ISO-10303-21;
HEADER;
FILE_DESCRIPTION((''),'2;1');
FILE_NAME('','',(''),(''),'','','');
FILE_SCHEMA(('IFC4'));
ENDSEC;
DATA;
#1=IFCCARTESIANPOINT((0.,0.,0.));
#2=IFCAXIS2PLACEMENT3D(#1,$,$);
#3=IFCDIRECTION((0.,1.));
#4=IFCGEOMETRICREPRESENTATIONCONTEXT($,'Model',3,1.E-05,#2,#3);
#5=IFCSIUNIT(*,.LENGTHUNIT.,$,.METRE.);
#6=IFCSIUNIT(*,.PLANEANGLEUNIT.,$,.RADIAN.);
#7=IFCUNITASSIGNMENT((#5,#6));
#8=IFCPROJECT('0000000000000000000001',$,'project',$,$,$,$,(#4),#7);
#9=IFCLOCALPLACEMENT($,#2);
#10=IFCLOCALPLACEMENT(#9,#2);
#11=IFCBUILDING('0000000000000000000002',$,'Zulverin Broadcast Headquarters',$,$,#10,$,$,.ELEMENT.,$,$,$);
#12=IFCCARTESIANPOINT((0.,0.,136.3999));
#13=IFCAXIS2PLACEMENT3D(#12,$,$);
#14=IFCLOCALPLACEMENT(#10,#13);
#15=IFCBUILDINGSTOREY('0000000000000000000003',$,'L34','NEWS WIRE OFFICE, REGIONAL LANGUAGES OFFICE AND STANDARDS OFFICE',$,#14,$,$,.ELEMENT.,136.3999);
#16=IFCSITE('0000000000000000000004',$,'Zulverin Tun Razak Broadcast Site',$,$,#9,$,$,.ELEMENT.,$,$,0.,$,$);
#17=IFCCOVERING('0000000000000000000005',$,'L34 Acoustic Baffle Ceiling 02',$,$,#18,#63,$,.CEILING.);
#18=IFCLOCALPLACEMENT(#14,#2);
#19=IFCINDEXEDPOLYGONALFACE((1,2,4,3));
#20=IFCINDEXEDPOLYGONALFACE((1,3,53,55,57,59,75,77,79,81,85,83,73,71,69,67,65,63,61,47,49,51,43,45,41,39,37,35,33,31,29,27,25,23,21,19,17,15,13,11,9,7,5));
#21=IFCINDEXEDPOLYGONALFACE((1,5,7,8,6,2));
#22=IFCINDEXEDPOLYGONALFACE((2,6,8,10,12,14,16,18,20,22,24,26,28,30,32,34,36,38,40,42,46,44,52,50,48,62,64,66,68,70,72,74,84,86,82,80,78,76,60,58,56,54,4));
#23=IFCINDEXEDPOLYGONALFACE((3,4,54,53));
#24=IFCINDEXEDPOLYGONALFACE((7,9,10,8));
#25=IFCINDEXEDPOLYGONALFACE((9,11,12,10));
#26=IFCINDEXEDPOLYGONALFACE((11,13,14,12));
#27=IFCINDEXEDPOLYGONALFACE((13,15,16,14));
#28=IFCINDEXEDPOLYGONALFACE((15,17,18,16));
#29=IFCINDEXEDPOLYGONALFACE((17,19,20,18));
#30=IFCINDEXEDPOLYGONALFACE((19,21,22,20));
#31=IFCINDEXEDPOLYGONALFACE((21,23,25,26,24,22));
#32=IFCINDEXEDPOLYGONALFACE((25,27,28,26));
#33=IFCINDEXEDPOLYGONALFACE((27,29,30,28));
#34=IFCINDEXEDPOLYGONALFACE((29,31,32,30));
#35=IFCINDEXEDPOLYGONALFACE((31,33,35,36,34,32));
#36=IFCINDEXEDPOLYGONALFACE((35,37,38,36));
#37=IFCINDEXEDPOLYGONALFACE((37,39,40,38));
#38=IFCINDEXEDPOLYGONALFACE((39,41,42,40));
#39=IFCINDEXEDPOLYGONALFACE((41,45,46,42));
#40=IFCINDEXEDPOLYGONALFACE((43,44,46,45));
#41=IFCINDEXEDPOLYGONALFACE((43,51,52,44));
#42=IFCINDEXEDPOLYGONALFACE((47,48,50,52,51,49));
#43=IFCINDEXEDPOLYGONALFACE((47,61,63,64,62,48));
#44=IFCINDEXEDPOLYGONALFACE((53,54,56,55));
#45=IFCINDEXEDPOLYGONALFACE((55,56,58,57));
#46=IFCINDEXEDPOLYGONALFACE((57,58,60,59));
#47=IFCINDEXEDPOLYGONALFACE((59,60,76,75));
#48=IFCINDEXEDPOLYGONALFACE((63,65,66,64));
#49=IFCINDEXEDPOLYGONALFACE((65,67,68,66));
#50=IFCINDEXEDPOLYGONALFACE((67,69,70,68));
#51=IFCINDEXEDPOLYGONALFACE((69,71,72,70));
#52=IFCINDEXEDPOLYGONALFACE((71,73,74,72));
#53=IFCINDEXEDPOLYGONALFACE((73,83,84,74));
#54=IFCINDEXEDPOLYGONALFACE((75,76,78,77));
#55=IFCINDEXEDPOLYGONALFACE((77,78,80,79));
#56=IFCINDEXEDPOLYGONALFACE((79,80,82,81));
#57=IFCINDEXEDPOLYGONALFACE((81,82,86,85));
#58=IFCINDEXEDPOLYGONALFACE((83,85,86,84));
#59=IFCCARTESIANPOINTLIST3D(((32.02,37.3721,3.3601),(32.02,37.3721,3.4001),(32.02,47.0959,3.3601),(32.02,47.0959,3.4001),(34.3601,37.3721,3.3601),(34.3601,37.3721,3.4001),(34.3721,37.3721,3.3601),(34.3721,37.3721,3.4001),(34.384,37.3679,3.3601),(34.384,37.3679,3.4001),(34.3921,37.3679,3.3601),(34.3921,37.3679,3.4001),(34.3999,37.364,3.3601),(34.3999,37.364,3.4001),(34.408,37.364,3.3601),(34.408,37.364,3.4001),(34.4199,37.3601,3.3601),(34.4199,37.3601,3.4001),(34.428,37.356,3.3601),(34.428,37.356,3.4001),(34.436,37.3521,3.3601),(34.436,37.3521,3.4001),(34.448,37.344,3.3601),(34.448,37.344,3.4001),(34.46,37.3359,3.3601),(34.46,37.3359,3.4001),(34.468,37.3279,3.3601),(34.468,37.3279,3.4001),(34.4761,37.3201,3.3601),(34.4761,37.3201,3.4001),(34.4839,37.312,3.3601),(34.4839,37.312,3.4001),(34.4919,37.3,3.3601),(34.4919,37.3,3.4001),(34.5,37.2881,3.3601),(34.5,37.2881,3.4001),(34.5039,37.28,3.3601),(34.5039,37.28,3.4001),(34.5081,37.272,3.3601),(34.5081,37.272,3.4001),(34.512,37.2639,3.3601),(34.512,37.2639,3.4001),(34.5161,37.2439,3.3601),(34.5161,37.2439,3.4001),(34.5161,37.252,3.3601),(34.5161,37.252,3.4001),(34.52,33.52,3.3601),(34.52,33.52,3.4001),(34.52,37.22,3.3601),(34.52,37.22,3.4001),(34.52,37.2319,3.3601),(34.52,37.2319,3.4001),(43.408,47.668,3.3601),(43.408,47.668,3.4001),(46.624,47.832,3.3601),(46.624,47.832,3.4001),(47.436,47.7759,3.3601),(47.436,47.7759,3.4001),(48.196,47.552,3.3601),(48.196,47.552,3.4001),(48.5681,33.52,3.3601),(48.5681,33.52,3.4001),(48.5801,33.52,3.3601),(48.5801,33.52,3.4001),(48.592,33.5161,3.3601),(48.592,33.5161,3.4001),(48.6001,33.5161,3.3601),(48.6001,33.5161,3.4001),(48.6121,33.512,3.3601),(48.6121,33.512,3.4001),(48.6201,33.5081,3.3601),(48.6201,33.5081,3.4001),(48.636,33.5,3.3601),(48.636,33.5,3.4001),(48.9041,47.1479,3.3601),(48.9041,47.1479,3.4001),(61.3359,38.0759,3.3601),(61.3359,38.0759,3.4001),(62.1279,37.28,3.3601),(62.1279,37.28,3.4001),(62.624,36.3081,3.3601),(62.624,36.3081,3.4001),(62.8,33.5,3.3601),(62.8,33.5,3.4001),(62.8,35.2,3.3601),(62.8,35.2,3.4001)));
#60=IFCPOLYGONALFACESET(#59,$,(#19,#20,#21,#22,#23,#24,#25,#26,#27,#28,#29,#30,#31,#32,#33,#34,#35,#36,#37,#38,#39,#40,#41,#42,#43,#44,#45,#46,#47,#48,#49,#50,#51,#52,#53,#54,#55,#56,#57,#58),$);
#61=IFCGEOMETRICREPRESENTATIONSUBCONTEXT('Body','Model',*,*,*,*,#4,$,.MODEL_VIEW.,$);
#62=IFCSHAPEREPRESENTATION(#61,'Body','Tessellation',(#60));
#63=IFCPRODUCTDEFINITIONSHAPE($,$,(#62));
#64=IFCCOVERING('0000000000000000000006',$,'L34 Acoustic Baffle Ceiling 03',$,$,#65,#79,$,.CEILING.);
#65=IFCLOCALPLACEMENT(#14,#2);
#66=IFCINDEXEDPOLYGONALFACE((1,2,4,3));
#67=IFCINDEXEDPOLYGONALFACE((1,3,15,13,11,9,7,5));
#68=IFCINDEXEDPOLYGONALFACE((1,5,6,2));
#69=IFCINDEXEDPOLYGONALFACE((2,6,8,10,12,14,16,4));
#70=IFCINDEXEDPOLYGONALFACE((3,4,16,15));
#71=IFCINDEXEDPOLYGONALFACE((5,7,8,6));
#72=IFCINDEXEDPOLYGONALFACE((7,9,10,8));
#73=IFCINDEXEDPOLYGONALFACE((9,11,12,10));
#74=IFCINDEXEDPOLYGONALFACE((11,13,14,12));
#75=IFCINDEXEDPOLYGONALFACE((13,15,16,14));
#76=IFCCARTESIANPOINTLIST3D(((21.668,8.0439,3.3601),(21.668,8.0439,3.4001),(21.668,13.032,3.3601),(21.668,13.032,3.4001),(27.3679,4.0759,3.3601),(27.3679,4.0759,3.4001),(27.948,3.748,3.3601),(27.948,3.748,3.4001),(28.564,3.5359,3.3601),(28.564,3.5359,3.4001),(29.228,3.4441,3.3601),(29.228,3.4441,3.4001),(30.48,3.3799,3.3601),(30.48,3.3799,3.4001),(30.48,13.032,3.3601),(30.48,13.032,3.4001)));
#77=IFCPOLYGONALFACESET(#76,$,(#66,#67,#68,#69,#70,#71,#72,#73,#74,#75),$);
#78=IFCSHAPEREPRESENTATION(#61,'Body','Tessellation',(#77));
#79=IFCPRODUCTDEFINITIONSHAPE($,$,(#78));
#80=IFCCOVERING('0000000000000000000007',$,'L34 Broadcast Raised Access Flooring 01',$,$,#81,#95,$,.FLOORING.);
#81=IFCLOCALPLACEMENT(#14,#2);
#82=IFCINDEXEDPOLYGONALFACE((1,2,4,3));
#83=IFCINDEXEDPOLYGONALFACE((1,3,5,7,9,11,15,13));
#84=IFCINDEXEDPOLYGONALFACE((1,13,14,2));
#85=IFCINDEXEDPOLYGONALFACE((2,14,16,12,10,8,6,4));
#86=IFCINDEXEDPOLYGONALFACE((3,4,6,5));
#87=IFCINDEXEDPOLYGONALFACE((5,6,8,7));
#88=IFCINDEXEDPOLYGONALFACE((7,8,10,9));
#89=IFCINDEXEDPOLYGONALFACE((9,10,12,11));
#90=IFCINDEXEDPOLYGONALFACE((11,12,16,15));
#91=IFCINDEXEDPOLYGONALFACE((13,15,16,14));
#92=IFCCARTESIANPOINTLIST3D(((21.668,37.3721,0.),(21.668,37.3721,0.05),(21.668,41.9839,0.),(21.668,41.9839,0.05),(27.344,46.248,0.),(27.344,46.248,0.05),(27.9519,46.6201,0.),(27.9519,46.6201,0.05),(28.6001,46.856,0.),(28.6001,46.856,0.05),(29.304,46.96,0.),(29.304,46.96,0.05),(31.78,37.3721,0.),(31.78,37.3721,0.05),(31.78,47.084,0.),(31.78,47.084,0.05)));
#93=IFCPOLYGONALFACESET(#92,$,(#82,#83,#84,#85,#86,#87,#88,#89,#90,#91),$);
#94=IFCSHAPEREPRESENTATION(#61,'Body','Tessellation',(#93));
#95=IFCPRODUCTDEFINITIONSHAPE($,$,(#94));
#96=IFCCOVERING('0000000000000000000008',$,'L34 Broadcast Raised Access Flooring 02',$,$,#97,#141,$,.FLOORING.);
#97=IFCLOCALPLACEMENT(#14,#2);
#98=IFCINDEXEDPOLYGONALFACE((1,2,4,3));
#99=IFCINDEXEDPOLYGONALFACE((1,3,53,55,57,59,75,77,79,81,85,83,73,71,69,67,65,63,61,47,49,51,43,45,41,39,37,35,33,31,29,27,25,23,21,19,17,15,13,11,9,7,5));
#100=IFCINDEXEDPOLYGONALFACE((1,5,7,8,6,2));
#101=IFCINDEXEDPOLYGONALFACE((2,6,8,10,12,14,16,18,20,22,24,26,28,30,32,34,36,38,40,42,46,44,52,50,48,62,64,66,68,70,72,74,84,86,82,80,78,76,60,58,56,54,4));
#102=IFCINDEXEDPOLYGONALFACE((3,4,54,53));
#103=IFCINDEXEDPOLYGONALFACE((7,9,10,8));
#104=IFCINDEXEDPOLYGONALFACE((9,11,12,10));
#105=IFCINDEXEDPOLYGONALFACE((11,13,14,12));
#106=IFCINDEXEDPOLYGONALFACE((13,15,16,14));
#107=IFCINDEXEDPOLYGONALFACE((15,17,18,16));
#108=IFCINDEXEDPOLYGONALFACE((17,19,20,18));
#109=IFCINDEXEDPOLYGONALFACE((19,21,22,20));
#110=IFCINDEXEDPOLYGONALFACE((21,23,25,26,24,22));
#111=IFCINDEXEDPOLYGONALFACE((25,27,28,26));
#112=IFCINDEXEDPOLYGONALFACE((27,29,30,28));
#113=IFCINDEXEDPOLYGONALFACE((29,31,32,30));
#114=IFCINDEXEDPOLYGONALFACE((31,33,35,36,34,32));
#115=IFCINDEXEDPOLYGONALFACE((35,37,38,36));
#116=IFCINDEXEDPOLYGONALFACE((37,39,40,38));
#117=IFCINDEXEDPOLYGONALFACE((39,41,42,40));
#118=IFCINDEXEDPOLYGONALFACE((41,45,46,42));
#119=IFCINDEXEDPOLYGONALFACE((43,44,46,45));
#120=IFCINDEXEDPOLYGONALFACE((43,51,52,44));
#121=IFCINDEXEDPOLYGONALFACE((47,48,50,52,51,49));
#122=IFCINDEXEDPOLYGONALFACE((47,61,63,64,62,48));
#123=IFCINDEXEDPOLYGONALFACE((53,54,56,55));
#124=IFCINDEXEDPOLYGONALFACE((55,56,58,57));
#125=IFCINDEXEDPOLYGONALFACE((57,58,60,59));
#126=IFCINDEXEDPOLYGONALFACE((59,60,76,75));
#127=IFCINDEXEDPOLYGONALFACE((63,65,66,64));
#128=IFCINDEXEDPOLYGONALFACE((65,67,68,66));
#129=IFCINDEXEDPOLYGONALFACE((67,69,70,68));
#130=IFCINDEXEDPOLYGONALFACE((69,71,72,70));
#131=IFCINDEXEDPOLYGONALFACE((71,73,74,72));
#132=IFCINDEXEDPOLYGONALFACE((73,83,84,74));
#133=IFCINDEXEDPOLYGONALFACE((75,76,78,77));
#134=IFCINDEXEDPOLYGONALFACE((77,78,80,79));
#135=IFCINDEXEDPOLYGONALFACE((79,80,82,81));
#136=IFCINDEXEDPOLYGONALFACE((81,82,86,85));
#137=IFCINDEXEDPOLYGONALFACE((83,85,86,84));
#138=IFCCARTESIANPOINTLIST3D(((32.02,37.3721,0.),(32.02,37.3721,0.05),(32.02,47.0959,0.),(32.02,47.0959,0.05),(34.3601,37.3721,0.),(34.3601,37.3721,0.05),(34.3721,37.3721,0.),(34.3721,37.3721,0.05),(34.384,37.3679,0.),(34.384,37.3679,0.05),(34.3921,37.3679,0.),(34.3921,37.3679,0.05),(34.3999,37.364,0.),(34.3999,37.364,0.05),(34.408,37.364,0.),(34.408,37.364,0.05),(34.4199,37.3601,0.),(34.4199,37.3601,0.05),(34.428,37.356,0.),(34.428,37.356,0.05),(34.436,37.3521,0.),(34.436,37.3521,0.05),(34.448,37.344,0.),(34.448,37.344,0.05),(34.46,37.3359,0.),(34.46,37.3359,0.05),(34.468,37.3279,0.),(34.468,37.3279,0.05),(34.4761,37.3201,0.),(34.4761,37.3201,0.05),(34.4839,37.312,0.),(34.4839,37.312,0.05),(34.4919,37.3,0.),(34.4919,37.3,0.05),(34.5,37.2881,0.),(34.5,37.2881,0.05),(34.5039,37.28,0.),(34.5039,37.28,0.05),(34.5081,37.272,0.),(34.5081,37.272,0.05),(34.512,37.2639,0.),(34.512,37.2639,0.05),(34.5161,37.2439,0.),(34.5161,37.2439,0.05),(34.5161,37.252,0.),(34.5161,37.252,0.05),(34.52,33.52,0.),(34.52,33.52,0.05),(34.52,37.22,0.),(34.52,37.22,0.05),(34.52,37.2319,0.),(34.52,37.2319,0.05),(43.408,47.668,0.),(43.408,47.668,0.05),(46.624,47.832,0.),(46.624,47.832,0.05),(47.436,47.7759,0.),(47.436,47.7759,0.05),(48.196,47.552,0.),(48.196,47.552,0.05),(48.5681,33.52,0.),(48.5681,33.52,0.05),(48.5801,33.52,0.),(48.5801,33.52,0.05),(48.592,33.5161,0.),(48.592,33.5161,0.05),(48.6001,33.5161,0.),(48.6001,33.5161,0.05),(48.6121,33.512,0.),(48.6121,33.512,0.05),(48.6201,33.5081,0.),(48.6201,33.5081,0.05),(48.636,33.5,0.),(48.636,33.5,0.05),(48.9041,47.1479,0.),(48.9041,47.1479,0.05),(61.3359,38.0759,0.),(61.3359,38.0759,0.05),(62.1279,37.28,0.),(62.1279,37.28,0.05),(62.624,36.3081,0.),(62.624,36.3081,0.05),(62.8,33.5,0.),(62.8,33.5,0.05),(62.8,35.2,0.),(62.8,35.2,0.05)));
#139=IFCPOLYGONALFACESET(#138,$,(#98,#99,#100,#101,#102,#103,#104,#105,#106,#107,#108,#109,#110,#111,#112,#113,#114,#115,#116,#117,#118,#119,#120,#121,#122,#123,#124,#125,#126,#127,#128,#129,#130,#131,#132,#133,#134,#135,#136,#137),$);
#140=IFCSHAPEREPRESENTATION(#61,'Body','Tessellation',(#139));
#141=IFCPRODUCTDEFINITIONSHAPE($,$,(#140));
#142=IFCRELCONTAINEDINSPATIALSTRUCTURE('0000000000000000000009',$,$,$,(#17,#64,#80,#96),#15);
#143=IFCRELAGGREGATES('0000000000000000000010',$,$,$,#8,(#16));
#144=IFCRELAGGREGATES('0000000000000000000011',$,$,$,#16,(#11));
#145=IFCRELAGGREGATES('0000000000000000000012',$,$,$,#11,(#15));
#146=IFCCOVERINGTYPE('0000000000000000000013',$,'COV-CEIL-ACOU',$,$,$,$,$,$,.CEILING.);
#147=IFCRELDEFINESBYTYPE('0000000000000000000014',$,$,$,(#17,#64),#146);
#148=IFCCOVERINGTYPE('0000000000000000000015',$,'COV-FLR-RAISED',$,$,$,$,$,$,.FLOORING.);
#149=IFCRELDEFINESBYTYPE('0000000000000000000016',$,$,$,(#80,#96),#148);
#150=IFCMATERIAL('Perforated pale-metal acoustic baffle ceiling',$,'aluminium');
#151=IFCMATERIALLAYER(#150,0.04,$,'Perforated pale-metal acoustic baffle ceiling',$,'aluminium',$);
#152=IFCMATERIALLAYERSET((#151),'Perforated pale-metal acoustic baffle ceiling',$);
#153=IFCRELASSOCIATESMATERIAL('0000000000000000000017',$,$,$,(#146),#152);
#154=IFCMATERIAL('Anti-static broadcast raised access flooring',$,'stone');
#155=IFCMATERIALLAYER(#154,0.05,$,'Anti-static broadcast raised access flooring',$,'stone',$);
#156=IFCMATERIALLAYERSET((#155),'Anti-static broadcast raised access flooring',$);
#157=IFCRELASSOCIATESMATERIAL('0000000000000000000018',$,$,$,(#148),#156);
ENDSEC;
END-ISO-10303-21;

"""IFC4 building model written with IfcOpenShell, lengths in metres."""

from ifc_helpers import new_model, si_unit, direction, frame, origin, place, context, subcontext, project, spatial, polyline, outline, extrude, material, layer, layer_set, type_object, element, save


model = new_model("IFC4")

# Units and contexts
model_context = context("Model", 3, precision=1e-05, world=origin(), true_north=direction((0.0, 1.0)))
body_context = subcontext(model_context, "Body", "Model", "MODEL_VIEW")
ifc_project = project(units=[si_unit("LENGTHUNIT", "METRE"), si_unit("PLANEANGLEUNIT", "RADIAN")], contexts=[model_context])

# Site, building, storey
site_placement = place(None, origin())
site = spatial("IfcSite", under=ifc_project, at=site_placement, Name="Zulverin Tun Razak Broadcast Site", CompositionType="ELEMENT", RefElevation=0.0)
building_placement = place(site_placement, origin())
building = spatial("IfcBuilding", under=site, at=building_placement, Name="Zulverin Broadcast Headquarters", CompositionType="ELEMENT")
storey_placement = place(building_placement, frame((0.0, 0.0, 136.3999)))
storey = spatial("IfcBuildingStorey", under=building, at=storey_placement, Name="L34", Description="NEWS WIRE OFFICE, REGIONAL LANGUAGES OFFICE AND STANDARDS OFFICE", CompositionType="ELEMENT", Elevation=136.3999)

# Coverings
ifc_material_1 = material(Name="Perforated pale-metal acoustic baffle ceiling", Category="aluminium")
ifc_layer_1 = layer(ifc_material_1, 0.04, Name="Perforated pale-metal acoustic baffle ceiling", Category="aluminium")
ifc_layer_set_1 = layer_set([ifc_layer_1], Name="Perforated pale-metal acoustic baffle ceiling")
covering_type_1 = type_object("IfcCoveringType", Name="COV-CEIL-ACOU", PredefinedType="CEILING", material=ifc_layer_set_1)
covering_1_placement = place(storey_placement, frame((0.0, 0.0, 3.3601)))
element("IfcCovering", 1, at=covering_1_placement, inside=storey, type_object=covering_type_1, Name="L34 Acoustic Baffle Ceiling 02", PredefinedType="CEILING", context=body_context, shape_type="SweptSolid", body=[
    extrude(outline(polyline([(47.436, 47.7759), (46.624, 47.832), (43.408, 47.668), (32.02, 47.0959), (32.02, 37.3721), (34.3601, 37.3721), (34.3721, 37.3721), (34.384, 37.3679), (34.3921, 37.3679), (34.3999, 37.364), (34.408, 37.364), (34.4199, 37.3601), (34.428, 37.356), (34.436, 37.3521), (34.448, 37.344), (34.46, 37.3359), (34.468, 37.3279), (34.4761, 37.3201), (34.4839, 37.312), (34.4919, 37.3), (34.5, 37.2881), (34.5039, 37.28), (34.5081, 37.272), (34.512, 37.2639), (34.5161, 37.252), (34.5161, 37.2439), (34.52, 37.2319), (34.52, 37.22), (34.52, 33.52), (48.5681, 33.52), (48.5801, 33.52), (48.592, 33.5161), (48.6001, 33.5161), (48.6121, 33.512), (48.6201, 33.5081), (48.636, 33.5), (62.8, 33.5), (62.8, 35.2), (62.624, 36.3081), (62.1279, 37.28), (61.3359, 38.0759), (48.9041, 47.1479), (48.196, 47.552), (47.436, 47.7759)])), origin(), (0.0, 0.0, 1.0), 0.04),
])
covering_2_placement = place(storey_placement, frame((0.0, 0.0, 3.3601)))
element("IfcCovering", 2, at=covering_2_placement, inside=storey, type_object=covering_type_1, Name="L34 Acoustic Baffle Ceiling 03", PredefinedType="CEILING", context=body_context, shape_type="SweptSolid", body=[
    extrude(outline(polyline([(27.948, 3.748), (28.564, 3.5359), (29.228, 3.4441), (30.48, 3.3799), (30.48, 13.032), (21.668, 13.032), (21.668, 8.0439), (27.3679, 4.0759), (27.948, 3.748)])), origin(), (0.0, 0.0, 1.0), 0.04),
])
ifc_material_2 = material(Name="Anti-static broadcast raised access flooring", Category="stone")
ifc_layer_2 = layer(ifc_material_2, 0.05, Name="Anti-static broadcast raised access flooring", Category="stone")
ifc_layer_set_2 = layer_set([ifc_layer_2], Name="Anti-static broadcast raised access flooring")
covering_type_2 = type_object("IfcCoveringType", Name="COV-FLR-RAISED", PredefinedType="FLOORING", material=ifc_layer_set_2)
covering_3_placement = place(storey_placement, origin())
element("IfcCovering", 3, at=covering_3_placement, inside=storey, type_object=covering_type_2, Name="L34 Broadcast Raised Access Flooring 01", PredefinedType="FLOORING", context=body_context, shape_type="SweptSolid", body=[
    extrude(outline(polyline([(31.78, 37.3721), (31.78, 47.084), (29.304, 46.96), (28.6001, 46.856), (27.9519, 46.6201), (27.344, 46.248), (21.668, 41.9839), (21.668, 37.3721), (31.78, 37.3721)])), origin(), (0.0, 0.0, 1.0), 0.05),
])
covering_4_placement = place(storey_placement, origin())
element("IfcCovering", 4, at=covering_4_placement, inside=storey, type_object=covering_type_2, Name="L34 Broadcast Raised Access Flooring 02", PredefinedType="FLOORING", context=body_context, shape_type="SweptSolid", body=[
    extrude(outline(polyline([(47.436, 47.7759), (46.624, 47.832), (43.408, 47.668), (32.02, 47.0959), (32.02, 37.3721), (34.3601, 37.3721), (34.3721, 37.3721), (34.384, 37.3679), (34.3921, 37.3679), (34.3999, 37.364), (34.408, 37.364), (34.4199, 37.3601), (34.428, 37.356), (34.436, 37.3521), (34.448, 37.344), (34.46, 37.3359), (34.468, 37.3279), (34.4761, 37.3201), (34.4839, 37.312), (34.4919, 37.3), (34.5, 37.2881), (34.5039, 37.28), (34.5081, 37.272), (34.512, 37.2639), (34.5161, 37.252), (34.5161, 37.2439), (34.52, 37.2319), (34.52, 37.22), (34.52, 33.52), (48.5681, 33.52), (48.5801, 33.52), (48.592, 33.5161), (48.6001, 33.5161), (48.6121, 33.512), (48.6201, 33.5081), (48.636, 33.5), (62.8, 33.5), (62.8, 35.2), (62.624, 36.3081), (62.1279, 37.28), (61.3359, 38.0759), (48.9041, 47.1479), (48.196, 47.552), (47.436, 47.7759)])), origin(), (0.0, 0.0, 1.0), 0.05),
])

save(model, "model.ifc")
